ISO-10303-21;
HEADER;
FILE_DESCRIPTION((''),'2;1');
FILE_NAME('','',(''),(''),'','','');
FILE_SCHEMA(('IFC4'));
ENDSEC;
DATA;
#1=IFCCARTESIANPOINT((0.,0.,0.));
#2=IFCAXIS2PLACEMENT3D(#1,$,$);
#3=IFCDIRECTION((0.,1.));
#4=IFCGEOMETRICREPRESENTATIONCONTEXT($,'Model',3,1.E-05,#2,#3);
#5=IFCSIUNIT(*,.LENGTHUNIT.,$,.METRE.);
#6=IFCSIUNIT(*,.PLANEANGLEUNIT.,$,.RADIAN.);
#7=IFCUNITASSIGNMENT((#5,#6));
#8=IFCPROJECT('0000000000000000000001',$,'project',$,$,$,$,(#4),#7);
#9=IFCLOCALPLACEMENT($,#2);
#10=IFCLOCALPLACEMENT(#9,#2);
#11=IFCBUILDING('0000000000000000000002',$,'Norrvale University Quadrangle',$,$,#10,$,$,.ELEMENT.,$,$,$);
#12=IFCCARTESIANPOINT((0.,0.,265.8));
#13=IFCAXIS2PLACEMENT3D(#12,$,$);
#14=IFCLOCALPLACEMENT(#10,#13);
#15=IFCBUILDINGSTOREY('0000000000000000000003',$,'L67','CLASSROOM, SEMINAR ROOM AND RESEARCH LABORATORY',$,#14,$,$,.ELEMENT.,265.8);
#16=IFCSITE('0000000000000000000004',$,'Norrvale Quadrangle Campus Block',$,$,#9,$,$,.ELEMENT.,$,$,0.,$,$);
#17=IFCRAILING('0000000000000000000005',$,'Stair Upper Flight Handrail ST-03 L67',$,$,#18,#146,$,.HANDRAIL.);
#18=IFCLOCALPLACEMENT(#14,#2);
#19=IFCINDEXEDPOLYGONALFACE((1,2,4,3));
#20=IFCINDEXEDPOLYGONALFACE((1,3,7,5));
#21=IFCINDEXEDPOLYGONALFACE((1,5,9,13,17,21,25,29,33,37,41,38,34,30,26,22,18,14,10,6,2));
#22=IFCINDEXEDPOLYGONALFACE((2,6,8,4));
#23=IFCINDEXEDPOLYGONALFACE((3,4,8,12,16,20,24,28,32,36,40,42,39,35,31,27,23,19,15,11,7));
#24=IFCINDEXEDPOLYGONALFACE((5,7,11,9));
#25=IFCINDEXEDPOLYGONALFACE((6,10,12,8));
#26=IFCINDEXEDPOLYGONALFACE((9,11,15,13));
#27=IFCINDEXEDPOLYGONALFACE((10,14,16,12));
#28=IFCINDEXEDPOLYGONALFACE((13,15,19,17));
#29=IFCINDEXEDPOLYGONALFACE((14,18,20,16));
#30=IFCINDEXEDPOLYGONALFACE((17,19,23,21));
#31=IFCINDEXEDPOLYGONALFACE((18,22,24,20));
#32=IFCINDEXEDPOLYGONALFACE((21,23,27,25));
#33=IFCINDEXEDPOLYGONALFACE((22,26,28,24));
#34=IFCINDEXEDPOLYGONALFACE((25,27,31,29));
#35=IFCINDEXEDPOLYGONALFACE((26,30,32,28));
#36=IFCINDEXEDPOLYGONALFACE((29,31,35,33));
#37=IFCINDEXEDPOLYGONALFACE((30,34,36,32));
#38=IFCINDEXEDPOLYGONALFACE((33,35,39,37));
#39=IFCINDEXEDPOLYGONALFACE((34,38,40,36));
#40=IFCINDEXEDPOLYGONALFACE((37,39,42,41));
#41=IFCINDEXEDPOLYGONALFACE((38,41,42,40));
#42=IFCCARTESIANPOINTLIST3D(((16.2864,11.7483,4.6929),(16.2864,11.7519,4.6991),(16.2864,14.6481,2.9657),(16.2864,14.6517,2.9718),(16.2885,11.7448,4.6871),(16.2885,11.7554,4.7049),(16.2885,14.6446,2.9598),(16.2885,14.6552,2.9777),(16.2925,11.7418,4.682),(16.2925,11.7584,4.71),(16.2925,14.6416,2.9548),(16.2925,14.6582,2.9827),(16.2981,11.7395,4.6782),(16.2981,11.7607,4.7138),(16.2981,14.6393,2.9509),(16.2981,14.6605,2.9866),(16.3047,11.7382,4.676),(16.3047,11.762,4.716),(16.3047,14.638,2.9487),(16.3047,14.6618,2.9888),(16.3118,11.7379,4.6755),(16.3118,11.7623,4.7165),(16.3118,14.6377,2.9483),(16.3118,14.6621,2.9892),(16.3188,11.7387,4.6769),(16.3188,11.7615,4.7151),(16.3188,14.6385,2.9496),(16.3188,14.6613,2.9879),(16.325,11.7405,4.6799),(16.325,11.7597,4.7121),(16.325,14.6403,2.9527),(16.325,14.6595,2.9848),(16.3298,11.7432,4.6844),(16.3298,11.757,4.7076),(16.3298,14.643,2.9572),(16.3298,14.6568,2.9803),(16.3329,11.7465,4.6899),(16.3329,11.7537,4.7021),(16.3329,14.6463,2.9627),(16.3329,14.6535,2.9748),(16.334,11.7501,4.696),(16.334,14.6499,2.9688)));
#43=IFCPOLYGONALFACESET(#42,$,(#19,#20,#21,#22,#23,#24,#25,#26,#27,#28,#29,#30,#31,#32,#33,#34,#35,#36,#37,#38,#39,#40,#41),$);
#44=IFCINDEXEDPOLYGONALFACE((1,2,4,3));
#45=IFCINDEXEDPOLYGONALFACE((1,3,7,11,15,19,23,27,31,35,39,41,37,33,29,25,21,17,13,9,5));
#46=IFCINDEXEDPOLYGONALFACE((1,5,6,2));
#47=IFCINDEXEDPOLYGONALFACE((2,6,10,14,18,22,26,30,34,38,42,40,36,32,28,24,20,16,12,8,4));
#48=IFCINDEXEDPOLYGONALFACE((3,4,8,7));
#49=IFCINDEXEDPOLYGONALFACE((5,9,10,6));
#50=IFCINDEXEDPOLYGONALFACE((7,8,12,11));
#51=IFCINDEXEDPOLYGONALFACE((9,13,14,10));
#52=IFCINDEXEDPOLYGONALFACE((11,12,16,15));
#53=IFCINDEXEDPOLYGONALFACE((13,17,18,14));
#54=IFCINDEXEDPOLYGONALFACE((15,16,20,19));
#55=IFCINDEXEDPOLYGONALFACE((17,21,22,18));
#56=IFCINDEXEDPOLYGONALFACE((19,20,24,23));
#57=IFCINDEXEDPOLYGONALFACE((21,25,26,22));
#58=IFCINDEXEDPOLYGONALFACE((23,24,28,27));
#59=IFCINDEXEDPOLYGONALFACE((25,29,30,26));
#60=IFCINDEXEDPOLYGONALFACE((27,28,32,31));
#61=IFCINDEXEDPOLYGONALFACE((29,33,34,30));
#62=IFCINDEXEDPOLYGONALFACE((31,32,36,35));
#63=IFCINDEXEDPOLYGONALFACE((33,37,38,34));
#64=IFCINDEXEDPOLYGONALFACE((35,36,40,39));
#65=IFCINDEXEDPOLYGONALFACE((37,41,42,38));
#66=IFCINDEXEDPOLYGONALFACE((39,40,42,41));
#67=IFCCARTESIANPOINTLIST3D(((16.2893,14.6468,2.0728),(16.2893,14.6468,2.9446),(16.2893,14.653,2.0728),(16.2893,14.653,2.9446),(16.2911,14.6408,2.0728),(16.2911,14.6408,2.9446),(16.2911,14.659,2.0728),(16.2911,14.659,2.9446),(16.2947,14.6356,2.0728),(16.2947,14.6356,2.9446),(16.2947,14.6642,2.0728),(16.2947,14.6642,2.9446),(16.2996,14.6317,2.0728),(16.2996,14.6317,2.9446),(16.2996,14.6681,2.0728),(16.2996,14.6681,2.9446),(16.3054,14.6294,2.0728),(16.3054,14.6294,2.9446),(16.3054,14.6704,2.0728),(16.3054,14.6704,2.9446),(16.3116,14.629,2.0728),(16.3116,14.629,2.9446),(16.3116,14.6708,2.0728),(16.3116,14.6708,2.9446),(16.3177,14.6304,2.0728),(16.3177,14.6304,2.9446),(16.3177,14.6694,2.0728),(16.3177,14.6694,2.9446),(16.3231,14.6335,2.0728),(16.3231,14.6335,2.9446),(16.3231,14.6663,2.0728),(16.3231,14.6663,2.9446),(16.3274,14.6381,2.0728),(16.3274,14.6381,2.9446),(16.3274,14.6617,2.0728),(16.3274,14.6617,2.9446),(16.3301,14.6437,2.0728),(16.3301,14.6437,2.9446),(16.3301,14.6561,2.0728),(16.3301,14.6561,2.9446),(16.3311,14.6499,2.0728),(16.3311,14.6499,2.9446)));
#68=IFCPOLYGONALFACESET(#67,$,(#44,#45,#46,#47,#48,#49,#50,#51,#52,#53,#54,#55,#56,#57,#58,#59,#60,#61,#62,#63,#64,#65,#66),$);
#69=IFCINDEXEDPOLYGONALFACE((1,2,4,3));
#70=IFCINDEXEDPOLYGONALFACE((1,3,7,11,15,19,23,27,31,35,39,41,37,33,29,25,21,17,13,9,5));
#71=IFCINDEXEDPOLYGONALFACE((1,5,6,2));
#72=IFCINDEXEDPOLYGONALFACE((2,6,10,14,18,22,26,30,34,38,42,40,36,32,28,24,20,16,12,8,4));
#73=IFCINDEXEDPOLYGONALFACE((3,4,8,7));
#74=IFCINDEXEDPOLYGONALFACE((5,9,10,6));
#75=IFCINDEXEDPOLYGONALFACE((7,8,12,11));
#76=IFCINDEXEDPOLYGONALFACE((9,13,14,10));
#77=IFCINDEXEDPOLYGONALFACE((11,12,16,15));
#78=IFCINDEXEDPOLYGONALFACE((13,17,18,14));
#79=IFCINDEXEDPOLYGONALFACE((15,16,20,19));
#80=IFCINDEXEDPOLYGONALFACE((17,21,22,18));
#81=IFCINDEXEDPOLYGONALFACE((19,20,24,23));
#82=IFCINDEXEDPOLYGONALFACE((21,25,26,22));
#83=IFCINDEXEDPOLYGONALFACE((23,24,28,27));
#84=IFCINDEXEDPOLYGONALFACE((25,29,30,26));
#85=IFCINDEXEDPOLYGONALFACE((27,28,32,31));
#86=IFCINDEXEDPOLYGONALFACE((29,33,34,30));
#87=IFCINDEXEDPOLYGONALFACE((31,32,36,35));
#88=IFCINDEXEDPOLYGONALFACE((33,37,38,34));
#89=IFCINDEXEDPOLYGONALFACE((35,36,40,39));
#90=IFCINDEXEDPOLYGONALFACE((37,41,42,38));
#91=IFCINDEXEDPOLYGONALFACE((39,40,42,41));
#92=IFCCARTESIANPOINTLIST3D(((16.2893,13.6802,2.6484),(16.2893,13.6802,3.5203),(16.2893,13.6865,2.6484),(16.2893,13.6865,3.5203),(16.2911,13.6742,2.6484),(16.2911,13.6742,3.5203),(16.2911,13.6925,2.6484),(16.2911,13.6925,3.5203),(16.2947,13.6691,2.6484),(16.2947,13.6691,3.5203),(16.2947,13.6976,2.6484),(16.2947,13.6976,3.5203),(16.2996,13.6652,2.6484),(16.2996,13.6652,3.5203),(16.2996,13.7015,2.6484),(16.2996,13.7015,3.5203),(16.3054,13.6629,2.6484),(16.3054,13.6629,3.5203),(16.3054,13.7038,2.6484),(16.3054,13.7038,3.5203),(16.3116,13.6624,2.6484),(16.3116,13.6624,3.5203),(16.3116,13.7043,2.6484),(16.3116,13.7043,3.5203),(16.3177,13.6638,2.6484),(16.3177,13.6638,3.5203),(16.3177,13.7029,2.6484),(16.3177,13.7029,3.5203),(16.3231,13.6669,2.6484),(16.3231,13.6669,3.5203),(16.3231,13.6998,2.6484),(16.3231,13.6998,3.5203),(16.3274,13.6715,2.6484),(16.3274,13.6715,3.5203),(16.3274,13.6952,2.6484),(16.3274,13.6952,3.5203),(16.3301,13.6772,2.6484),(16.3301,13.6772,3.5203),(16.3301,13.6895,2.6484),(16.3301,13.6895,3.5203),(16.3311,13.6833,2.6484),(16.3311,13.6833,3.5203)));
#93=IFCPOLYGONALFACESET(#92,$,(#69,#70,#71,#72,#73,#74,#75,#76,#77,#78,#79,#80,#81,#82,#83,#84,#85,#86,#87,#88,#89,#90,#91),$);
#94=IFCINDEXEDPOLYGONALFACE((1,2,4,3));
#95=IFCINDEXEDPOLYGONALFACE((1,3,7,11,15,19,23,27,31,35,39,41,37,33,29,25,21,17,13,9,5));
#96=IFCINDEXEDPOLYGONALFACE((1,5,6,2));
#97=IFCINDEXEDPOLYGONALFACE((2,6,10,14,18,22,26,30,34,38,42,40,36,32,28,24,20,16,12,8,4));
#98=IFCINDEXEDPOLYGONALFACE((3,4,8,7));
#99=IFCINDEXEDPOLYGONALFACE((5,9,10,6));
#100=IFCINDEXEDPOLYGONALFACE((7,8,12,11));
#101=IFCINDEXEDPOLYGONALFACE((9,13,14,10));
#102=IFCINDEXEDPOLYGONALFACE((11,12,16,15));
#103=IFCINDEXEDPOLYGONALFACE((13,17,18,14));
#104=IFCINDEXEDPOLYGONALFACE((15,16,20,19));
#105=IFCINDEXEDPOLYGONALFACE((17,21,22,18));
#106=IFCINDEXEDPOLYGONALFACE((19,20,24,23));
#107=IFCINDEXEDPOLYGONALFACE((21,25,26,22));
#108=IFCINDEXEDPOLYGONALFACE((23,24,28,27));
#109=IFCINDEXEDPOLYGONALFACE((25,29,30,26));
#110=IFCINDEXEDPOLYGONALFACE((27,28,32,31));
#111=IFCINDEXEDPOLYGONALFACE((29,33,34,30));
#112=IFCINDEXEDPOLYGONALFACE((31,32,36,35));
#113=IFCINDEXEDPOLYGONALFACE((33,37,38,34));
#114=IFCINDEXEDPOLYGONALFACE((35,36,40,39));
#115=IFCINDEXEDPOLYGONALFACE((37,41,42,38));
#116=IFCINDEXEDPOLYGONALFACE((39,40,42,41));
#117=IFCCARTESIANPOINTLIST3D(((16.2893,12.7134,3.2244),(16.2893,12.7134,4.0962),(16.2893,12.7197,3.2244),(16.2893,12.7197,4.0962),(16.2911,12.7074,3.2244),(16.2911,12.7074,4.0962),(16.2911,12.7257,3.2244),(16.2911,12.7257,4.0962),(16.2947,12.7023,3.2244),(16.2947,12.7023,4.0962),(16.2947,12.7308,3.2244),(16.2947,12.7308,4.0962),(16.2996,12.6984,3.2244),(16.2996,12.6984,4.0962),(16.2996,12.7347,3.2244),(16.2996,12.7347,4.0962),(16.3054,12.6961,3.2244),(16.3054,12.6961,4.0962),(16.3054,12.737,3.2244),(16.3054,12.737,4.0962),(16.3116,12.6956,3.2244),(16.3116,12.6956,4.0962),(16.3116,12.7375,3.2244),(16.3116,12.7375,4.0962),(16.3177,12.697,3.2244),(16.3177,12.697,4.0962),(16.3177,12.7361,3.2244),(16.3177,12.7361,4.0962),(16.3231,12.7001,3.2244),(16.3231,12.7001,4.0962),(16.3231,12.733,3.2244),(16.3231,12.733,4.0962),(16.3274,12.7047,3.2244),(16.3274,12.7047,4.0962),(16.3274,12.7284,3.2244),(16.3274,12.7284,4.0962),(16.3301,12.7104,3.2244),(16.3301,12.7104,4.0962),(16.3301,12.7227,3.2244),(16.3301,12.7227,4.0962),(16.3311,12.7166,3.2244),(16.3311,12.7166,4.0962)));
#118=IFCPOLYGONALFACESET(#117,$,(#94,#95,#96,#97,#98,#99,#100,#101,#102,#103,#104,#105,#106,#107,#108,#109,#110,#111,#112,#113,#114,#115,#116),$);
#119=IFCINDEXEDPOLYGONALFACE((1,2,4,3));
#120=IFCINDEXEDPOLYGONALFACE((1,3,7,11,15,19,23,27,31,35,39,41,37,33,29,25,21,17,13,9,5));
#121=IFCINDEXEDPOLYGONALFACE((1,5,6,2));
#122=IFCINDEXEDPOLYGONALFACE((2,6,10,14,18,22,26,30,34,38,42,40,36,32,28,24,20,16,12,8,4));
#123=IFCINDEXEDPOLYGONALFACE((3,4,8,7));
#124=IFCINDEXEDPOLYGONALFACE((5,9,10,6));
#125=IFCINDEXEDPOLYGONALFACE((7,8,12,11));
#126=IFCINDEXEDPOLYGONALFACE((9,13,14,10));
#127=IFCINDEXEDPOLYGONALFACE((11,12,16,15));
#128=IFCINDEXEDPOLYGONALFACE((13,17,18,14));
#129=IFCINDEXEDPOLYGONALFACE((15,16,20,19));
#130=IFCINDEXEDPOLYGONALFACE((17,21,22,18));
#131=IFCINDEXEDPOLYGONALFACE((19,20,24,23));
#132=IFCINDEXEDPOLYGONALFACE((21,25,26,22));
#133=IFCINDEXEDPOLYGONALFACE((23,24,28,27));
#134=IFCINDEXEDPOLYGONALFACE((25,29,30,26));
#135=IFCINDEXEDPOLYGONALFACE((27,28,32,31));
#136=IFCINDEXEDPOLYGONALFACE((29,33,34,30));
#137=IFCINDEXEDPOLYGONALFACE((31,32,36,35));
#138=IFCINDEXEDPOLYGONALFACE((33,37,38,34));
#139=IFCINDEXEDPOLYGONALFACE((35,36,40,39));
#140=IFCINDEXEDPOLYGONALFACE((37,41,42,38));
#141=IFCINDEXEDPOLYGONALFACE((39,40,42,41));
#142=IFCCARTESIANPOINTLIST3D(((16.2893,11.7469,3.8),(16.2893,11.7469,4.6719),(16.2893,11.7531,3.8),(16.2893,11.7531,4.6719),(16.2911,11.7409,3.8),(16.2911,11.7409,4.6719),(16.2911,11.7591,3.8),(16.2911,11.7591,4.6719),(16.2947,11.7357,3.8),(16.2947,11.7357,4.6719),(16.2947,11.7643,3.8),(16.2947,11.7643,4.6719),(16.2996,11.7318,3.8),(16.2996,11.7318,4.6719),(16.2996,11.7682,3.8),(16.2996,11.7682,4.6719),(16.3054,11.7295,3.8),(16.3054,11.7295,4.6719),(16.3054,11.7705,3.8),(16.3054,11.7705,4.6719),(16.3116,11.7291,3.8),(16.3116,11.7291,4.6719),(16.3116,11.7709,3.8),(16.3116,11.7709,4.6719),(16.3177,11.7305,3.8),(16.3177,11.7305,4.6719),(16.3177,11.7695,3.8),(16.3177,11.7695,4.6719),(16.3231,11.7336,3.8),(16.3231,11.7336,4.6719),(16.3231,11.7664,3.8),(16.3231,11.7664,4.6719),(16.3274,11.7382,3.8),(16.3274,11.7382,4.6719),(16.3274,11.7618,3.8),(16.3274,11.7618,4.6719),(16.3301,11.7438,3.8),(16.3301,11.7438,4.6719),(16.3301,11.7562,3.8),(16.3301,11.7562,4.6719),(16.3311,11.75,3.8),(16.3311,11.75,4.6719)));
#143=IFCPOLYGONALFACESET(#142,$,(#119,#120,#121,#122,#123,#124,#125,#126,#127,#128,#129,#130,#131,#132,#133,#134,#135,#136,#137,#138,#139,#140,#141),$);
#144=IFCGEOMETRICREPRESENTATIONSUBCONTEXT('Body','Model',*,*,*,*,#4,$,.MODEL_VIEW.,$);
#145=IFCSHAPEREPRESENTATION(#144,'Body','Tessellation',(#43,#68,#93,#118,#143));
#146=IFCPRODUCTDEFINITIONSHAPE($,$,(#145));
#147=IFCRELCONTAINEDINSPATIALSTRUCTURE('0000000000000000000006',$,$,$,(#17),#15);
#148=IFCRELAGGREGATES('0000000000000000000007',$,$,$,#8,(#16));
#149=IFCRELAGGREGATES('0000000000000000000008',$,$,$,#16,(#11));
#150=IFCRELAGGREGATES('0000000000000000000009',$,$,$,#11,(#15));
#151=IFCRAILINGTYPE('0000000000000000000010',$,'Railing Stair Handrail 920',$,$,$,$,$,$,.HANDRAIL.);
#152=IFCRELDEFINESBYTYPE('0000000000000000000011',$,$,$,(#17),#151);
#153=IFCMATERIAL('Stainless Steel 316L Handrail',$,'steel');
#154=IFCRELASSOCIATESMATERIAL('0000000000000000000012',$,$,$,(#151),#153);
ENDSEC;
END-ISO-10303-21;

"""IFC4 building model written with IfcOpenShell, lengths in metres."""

from ifc_helpers import new_model, si_unit, direction, frame, origin, origin_2d, place, context, subcontext, project, spatial, circle, extrude, material, type_object, element, save


model = new_model("IFC4")

# Units and contexts
model_context = context("Model", 3, precision=1e-05, world=origin(), true_north=direction((0.0, 1.0)))
body_context = subcontext(model_context, "Body", "Model", "MODEL_VIEW")
ifc_project = project(units=[si_unit("LENGTHUNIT", "METRE"), si_unit("PLANEANGLEUNIT", "RADIAN")], contexts=[model_context])

# Site, building, storey
site_placement = place(None, origin())
site = spatial("IfcSite", under=ifc_project, at=site_placement, Name="Norrvale Quadrangle Campus Block", CompositionType="ELEMENT", RefElevation=0.0)
building_placement = place(site_placement, origin())
building = spatial("IfcBuilding", under=site, at=building_placement, Name="Norrvale University Quadrangle", CompositionType="ELEMENT")
storey_placement = place(building_placement, frame((0.0, 0.0, 265.8)))
storey = spatial("IfcBuildingStorey", under=building, at=storey_placement, Name="L67", Description="CLASSROOM, SEMINAR ROOM AND RESEARCH LABORATORY", CompositionType="ELEMENT", Elevation=265.8)

# Railing
ifc_material_1 = material(Name="Stainless Steel 316L Handrail", Category="steel")
railing_type_1 = type_object("IfcRailingType", Name="Railing Stair Handrail 920", PredefinedType="HANDRAIL", material=ifc_material_1)
railing_1_placement = place(storey_placement, frame((16.3101, 14.6499, 2.0728)))
element("IfcRailing", 1, at=railing_1_placement, inside=storey, type_object=railing_type_1, Name="Stair Upper Flight Handrail ST-03 L67", PredefinedType="HANDRAIL", context=body_context, shape_type="SweptSolid", body=[
    extrude(circle(Radius=0.0239, at=origin_2d()), frame((0.0, 0.0, 0.896), z_axis=(0.0, -0.859141, 0.511738), x_axis=(1.0, 0.0, 0.0)), (0.0, 0.0, 1.0), 3.3752),
    extrude(circle(Radius=0.021, at=origin_2d()), origin(), (0.0, 0.0, 1.0), 0.8718),
    extrude(circle(Radius=0.021, at=origin_2d()), frame((0.0, -0.9666, 0.5757)), (0.0, 0.0, 1.0), 0.8718),
    extrude(circle(Radius=0.021, at=origin_2d()), frame((0.0, -1.9333, 1.1516)), (0.0, 0.0, 1.0), 0.8718),
    extrude(circle(Radius=0.021, at=origin_2d()), frame((0.0, -2.8999, 1.7273)), (0.0, 0.0, 1.0), 0.8718),
])

save(model, "model.ifc")
